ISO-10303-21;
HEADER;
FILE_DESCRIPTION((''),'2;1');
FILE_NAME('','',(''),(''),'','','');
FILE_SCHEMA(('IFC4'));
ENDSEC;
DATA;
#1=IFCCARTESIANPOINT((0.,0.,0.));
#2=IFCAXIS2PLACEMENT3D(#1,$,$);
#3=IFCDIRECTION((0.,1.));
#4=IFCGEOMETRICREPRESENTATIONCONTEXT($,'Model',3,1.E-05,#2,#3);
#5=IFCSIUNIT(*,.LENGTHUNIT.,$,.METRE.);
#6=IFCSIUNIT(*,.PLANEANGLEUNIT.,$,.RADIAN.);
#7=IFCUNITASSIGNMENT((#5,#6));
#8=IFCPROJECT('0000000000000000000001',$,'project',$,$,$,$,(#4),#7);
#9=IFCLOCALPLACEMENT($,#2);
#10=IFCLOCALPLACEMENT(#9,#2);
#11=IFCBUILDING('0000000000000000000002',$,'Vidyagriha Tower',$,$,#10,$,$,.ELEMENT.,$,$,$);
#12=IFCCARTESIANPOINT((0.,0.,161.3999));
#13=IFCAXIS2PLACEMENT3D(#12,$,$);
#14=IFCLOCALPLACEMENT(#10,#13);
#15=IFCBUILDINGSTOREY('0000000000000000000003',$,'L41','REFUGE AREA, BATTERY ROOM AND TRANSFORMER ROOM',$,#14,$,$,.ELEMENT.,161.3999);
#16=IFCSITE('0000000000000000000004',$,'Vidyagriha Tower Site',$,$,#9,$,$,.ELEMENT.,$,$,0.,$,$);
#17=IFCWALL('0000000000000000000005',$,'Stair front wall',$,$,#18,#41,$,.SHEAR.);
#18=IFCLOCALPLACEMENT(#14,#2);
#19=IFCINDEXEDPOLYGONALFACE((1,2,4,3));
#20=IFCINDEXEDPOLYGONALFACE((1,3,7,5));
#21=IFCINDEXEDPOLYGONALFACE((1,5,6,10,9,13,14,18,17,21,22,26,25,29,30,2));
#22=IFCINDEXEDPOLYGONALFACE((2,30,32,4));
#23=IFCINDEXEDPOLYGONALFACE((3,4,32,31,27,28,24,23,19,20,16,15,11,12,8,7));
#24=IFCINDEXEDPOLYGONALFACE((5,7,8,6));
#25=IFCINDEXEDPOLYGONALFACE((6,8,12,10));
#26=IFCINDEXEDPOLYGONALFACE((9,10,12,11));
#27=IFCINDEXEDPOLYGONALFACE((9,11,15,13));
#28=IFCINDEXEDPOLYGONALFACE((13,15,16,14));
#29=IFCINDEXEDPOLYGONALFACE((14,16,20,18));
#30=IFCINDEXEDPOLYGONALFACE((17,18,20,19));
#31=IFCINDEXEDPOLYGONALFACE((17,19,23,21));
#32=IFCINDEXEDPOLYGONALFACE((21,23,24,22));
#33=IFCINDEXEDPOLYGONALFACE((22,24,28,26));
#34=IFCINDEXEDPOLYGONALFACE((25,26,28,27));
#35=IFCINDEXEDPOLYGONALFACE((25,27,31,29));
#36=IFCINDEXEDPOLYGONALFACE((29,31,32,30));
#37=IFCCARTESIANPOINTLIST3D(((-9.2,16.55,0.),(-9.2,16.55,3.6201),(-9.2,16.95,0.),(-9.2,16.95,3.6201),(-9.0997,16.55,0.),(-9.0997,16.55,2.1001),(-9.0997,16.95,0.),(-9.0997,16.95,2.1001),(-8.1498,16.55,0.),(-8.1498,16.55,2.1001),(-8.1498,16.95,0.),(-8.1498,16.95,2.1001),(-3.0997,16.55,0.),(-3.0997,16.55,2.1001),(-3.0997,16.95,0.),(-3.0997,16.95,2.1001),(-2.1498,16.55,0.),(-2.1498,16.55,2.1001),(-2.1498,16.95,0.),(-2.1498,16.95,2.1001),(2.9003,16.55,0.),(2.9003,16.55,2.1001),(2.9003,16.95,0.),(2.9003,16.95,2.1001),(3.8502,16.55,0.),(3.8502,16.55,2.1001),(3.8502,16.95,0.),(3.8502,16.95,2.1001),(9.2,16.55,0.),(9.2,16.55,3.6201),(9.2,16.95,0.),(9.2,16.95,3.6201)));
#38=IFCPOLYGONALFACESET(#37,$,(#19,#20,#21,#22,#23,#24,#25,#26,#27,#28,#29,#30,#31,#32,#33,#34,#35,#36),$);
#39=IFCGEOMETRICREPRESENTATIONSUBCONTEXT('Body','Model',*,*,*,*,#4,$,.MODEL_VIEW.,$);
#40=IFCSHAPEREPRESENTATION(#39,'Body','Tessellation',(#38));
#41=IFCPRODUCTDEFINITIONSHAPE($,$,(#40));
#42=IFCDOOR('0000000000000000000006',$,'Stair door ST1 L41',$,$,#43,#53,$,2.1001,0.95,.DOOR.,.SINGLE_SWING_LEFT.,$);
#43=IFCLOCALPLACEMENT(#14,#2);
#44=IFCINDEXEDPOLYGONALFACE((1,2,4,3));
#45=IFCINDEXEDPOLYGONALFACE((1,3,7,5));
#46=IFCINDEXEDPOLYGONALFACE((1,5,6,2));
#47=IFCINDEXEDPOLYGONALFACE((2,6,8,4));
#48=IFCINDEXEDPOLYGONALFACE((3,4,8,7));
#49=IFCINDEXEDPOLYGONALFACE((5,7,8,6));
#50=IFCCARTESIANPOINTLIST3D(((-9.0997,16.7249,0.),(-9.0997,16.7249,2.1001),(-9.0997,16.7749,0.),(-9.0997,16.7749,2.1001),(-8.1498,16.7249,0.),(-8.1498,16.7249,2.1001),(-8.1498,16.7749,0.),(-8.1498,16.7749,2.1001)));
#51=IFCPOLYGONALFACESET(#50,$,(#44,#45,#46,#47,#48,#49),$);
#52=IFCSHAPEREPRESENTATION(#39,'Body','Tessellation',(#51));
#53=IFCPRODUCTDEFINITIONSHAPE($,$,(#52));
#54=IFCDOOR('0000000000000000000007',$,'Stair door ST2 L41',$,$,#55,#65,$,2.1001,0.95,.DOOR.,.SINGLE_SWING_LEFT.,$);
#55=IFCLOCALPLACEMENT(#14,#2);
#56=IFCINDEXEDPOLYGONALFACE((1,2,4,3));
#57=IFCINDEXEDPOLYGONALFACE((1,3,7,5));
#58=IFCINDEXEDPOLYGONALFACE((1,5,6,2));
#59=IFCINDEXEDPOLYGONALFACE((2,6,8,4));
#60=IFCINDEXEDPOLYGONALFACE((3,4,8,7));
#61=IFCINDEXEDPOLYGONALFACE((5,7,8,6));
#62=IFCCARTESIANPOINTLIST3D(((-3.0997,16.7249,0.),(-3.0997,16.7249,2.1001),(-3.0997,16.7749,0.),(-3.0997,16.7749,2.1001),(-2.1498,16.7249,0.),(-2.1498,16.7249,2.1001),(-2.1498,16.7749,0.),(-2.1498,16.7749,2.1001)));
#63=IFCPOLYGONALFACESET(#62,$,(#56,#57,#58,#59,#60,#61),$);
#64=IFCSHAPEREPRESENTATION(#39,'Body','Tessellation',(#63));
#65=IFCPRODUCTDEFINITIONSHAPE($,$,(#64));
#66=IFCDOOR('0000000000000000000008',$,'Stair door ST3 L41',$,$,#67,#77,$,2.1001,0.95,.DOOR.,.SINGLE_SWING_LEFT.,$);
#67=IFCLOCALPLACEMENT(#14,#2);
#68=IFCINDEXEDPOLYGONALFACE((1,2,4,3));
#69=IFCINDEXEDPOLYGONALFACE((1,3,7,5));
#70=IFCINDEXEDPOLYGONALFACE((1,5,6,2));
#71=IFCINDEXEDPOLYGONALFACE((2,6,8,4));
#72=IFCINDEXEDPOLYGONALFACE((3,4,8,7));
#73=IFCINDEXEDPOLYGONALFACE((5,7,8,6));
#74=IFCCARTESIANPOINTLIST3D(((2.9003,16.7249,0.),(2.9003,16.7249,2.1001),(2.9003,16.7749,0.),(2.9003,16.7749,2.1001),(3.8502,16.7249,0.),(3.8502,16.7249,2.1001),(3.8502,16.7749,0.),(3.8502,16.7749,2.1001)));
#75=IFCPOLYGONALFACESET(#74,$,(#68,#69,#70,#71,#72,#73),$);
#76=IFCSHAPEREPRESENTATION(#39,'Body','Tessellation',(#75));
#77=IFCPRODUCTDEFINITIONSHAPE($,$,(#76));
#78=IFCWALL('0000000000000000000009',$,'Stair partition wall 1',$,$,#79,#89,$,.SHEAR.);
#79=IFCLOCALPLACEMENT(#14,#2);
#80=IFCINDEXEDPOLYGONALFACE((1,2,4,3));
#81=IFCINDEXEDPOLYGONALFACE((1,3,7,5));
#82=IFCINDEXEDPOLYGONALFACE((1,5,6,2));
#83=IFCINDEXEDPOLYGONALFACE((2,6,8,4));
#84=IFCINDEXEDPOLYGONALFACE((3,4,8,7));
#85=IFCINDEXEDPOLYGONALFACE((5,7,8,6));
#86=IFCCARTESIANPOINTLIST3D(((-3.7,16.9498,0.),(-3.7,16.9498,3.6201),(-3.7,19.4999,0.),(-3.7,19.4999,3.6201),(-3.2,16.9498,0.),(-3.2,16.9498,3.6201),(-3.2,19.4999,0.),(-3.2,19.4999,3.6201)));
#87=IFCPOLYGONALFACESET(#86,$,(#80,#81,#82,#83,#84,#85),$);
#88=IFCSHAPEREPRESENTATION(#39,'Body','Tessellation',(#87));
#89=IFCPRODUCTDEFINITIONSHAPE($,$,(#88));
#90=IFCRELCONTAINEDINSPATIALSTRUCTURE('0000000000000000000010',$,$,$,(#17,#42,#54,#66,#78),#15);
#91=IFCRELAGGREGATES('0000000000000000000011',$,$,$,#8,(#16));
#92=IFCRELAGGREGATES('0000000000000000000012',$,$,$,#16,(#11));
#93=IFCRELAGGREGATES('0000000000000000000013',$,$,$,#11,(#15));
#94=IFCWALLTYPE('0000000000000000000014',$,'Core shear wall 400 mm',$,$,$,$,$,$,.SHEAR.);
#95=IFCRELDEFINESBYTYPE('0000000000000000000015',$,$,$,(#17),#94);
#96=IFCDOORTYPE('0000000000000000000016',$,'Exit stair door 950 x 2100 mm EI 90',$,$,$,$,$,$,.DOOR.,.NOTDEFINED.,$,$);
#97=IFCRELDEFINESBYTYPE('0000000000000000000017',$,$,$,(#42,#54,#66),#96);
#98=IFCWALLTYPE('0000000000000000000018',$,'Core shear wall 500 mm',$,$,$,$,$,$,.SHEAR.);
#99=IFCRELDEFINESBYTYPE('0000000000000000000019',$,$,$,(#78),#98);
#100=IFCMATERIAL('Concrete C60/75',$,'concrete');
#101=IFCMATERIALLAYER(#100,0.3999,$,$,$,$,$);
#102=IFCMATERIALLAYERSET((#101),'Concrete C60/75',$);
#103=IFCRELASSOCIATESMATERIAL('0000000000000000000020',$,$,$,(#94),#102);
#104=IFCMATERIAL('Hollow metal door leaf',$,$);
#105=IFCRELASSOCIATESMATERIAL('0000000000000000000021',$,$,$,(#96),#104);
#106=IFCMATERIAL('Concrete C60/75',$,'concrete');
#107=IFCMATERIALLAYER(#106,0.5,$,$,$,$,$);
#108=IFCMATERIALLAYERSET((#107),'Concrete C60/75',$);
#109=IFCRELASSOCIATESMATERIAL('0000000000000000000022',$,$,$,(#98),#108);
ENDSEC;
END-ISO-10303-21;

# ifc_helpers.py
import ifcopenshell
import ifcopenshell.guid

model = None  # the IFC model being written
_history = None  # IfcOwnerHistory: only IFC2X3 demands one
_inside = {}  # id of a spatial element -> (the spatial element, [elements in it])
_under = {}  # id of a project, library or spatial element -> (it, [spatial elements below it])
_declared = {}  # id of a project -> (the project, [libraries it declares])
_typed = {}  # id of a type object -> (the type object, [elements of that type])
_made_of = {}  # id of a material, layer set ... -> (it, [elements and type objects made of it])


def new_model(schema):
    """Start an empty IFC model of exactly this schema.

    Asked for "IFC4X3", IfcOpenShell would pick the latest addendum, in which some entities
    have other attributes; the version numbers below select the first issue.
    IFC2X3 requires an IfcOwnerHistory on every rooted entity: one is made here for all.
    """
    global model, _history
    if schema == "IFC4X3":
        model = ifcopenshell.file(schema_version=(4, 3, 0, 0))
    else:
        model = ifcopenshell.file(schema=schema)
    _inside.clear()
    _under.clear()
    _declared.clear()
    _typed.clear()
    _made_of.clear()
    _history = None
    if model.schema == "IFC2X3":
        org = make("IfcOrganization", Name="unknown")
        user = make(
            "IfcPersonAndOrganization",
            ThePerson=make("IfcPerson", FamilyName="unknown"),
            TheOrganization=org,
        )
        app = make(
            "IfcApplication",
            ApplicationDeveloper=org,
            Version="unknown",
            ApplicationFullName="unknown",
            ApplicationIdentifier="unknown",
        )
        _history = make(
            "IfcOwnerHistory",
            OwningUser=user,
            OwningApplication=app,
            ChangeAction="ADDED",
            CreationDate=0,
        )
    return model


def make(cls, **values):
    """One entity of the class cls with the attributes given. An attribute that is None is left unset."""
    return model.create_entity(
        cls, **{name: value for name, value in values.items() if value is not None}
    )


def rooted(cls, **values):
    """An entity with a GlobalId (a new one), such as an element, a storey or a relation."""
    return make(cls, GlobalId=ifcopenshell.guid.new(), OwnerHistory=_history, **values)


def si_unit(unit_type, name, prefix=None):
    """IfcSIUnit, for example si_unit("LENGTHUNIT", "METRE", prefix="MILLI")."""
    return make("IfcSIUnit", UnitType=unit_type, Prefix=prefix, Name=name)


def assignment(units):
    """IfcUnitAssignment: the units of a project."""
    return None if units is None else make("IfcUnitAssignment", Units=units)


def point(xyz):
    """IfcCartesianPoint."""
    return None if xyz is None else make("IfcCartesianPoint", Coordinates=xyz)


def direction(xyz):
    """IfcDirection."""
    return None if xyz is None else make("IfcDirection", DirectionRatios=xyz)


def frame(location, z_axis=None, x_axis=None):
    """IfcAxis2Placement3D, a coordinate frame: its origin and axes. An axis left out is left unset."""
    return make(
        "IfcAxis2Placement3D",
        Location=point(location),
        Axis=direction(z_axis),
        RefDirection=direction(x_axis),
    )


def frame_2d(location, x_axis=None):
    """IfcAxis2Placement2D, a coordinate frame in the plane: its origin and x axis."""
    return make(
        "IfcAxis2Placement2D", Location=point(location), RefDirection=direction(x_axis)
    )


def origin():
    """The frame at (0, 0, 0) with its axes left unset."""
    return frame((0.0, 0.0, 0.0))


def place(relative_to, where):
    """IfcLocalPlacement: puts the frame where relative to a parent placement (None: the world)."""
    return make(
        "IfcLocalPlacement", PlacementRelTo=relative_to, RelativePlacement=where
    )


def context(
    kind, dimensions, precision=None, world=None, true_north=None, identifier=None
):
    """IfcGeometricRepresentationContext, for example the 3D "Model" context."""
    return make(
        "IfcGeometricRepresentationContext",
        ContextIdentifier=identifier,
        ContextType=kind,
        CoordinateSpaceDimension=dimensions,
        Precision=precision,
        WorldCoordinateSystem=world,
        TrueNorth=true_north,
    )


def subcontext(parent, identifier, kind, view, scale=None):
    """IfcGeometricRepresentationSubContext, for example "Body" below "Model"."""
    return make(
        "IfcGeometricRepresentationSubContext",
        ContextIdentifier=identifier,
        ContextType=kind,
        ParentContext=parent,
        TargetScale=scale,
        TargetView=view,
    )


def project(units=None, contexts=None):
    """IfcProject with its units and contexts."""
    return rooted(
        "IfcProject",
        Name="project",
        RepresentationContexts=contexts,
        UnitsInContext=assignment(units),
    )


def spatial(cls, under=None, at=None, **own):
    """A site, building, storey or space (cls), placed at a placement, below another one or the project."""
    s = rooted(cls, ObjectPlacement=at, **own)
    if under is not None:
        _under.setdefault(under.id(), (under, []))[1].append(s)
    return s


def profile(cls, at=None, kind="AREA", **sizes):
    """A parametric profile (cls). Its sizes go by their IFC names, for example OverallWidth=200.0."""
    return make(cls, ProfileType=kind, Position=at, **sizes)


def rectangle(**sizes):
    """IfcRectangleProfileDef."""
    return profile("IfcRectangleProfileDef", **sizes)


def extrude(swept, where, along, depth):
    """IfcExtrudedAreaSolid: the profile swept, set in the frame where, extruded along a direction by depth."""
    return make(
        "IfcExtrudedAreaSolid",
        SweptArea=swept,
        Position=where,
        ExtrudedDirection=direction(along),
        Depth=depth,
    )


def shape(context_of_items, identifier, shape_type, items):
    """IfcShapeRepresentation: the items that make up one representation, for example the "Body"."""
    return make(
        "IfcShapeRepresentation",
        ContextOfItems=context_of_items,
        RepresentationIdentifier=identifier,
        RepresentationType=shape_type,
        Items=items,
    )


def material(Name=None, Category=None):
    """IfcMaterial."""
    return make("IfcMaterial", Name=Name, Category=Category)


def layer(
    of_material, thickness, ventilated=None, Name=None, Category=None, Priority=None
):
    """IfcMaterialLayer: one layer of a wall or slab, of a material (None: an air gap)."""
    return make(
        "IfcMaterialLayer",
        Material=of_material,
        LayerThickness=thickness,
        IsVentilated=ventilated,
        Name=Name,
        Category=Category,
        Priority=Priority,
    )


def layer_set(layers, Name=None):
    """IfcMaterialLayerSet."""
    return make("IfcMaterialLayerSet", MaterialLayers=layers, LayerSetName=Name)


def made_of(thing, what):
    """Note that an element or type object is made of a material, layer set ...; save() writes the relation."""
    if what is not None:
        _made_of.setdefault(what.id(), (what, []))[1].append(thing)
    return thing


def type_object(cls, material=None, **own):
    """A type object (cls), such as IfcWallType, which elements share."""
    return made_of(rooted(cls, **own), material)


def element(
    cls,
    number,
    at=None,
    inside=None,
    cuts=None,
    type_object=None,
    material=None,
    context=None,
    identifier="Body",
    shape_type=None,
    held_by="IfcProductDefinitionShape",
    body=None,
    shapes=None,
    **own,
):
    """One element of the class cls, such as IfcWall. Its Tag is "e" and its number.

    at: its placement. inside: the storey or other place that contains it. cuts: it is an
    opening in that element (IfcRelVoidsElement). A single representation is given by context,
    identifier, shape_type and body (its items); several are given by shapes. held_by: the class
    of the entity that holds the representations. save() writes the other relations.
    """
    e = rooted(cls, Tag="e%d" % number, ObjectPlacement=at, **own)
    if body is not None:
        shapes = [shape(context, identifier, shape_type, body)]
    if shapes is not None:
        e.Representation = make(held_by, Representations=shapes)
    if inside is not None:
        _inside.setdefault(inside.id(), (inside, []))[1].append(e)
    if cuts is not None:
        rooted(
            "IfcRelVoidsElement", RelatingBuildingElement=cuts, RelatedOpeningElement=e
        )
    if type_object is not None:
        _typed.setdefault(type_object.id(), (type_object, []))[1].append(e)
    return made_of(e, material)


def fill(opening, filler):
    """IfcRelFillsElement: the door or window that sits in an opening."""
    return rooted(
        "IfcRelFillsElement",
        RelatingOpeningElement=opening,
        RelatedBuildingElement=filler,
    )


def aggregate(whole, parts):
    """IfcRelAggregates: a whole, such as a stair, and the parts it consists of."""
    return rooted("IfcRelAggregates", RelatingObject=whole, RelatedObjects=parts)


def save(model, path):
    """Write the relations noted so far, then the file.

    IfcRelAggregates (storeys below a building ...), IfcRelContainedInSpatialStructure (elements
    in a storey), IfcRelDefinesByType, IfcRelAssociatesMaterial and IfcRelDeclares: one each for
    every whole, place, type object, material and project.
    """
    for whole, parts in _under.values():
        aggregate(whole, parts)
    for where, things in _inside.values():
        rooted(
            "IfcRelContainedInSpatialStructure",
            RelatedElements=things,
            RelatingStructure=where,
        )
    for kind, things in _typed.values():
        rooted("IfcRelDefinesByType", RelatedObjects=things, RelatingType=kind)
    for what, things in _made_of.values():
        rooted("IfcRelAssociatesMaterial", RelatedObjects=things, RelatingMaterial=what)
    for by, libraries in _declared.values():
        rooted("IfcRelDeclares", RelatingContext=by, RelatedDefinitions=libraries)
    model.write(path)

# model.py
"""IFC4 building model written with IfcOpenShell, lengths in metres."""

from ifc_helpers import new_model, si_unit, direction, frame, frame_2d, origin, place, context, subcontext, project, spatial, rectangle, extrude, material, layer, layer_set, type_object, element, fill, save


model = new_model("IFC4")

# Units and contexts
model_context = context("Model", 3, precision=1e-05, world=origin(), true_north=direction((0.0, 1.0)))
body_context = subcontext(model_context, "Body", "Model", "MODEL_VIEW")
ifc_project = project(units=[si_unit("LENGTHUNIT", "METRE"), si_unit("PLANEANGLEUNIT", "RADIAN")], contexts=[model_context])

# Site, building, storey
site_placement = place(None, origin())
site = spatial("IfcSite", under=ifc_project, at=site_placement, Name="Vidyagriha Tower Site", CompositionType="ELEMENT", RefElevation=0.0)
building_placement = place(site_placement, origin())
building = spatial("IfcBuilding", under=site, at=building_placement, Name="Vidyagriha Tower", CompositionType="ELEMENT")
storey_placement = place(building_placement, frame((0.0, 0.0, 161.3999)))
storey = spatial("IfcBuildingStorey", under=building, at=storey_placement, Name="L41", Description="REFUGE AREA, BATTERY ROOM AND TRANSFORMER ROOM", CompositionType="ELEMENT", Elevation=161.3999)

# Shared definitions
ifc_material_1 = material(Name="Concrete C60/75", Category="concrete")
ifc_layer_1 = layer(ifc_material_1, 0.3999)
ifc_layer_set_1 = layer_set([ifc_layer_1], Name="Concrete C60/75")
wall_type_1 = type_object("IfcWallType", Name="Core shear wall 400 mm", PredefinedType="SHEAR", material=ifc_layer_set_1)

# Wall, openings, doors
wall_1_placement = place(storey_placement, frame((-9.2, 16.75, 0.0)))
wall_1 = element("IfcWall", 1, at=wall_1_placement, inside=storey, type_object=wall_type_1, Name="Stair front wall", PredefinedType="SHEAR", context=body_context, shape_type="SweptSolid", body=[
    extrude(rectangle(XDim=18.3999, YDim=0.3999, at=frame_2d((9.2, 0.0))), origin(), (0.0, 0.0, 1.0), 3.6201),
])
opening_1_placement = place(wall_1_placement, frame((0.1001, 0.0, 0.0)))
opening_1 = element("IfcOpeningElement", 2, at=opening_1_placement, cuts=wall_1, PredefinedType="OPENING", context=body_context, shape_type="SweptSolid", body=[
    extrude(rectangle(XDim=0.95, YDim=2.1001, at=frame_2d((0.4751, 1.05))), frame((0.0, 0.21, 0.0), z_axis=(0.0, -1.0, 0.0), x_axis=(1.0, 0.0, 0.0)), (0.0, 0.0, 1.0), 0.4199),
])
opening_2_placement = place(wall_1_placement, frame((6.1001, 0.0, 0.0)))
opening_2 = element("IfcOpeningElement", 3, at=opening_2_placement, cuts=wall_1, PredefinedType="OPENING", context=body_context, shape_type="SweptSolid", body=[
    extrude(rectangle(XDim=0.95, YDim=2.1001, at=frame_2d((0.4751, 1.05))), frame((0.0, 0.21, 0.0), z_axis=(0.0, -1.0, 0.0), x_axis=(1.0, 0.0, 0.0)), (0.0, 0.0, 1.0), 0.4199),
])
opening_3_placement = place(wall_1_placement, frame((12.1001, 0.0, 0.0)))
opening_3 = element("IfcOpeningElement", 4, at=opening_3_placement, cuts=wall_1, PredefinedType="OPENING", context=body_context, shape_type="SweptSolid", body=[
    extrude(rectangle(XDim=0.95, YDim=2.1001, at=frame_2d((0.4751, 1.05))), frame((0.0, 0.21, 0.0), z_axis=(0.0, -1.0, 0.0), x_axis=(1.0, 0.0, 0.0)), (0.0, 0.0, 1.0), 0.4199),
])
ifc_material_2 = material(Name="Hollow metal door leaf")
door_type_1 = type_object("IfcDoorType", Name="Exit stair door 950 x 2100 mm EI 90", OperationType="NOTDEFINED", PredefinedType="DOOR", material=ifc_material_2)
door_1_placement = place(opening_1_placement, origin())
door_1 = element("IfcDoor", 5, at=door_1_placement, inside=storey, type_object=door_type_1, Name="Stair door ST1 L41", OperationType="SINGLE_SWING_LEFT", OverallHeight=2.1001, OverallWidth=0.95, PredefinedType="DOOR", context=body_context, shape_type="SweptSolid", body=[
    extrude(rectangle(XDim=0.95, YDim=2.1001, at=frame_2d((0.4751, 1.05))), frame((0.0, 0.0249, 0.0), z_axis=(0.0, -1.0, 0.0), x_axis=(1.0, 0.0, 0.0)), (0.0, 0.0, 1.0), 0.05),
])
fill(opening_1, door_1)
door_2_placement = place(opening_2_placement, origin())
door_2 = element("IfcDoor", 6, at=door_2_placement, inside=storey, type_object=door_type_1, Name="Stair door ST2 L41", OperationType="SINGLE_SWING_LEFT", OverallHeight=2.1001, OverallWidth=0.95, PredefinedType="DOOR", context=body_context, shape_type="SweptSolid", body=[
    extrude(rectangle(XDim=0.95, YDim=2.1001, at=frame_2d((0.4751, 1.05))), frame((0.0, 0.0249, 0.0), z_axis=(0.0, -1.0, 0.0), x_axis=(1.0, 0.0, 0.0)), (0.0, 0.0, 1.0), 0.05),
])
fill(opening_2, door_2)
door_3_placement = place(opening_3_placement, origin())
door_3 = element("IfcDoor", 7, at=door_3_placement, inside=storey, type_object=door_type_1, Name="Stair door ST3 L41", OperationType="SINGLE_SWING_LEFT", OverallHeight=2.1001, OverallWidth=0.95, PredefinedType="DOOR", context=body_context, shape_type="SweptSolid", body=[
    extrude(rectangle(XDim=0.95, YDim=2.1001, at=frame_2d((0.4751, 1.05))), frame((0.0, 0.0249, 0.0), z_axis=(0.0, -1.0, 0.0), x_axis=(1.0, 0.0, 0.0)), (0.0, 0.0, 1.0), 0.05),
])
fill(opening_3, door_3)

# Wall
ifc_material_3 = material(Name="Concrete C60/75", Category="concrete")
ifc_layer_2 = layer(ifc_material_3, 0.5)
ifc_layer_set_2 = layer_set([ifc_layer_2], Name="Concrete C60/75")
wall_type_2 = type_object("IfcWallType", Name="Core shear wall 500 mm", PredefinedType="SHEAR", material=ifc_layer_set_2)
wall_2_placement = place(storey_placement, frame((-3.45, 16.95, 0.0), z_axis=(0.0, 0.0, 1.0), x_axis=(0.0, 1.0, 0.0)))
element("IfcWall", 8, at=wall_2_placement, inside=storey, type_object=wall_type_2, Name="Stair partition wall 1", PredefinedType="SHEAR", context=body_context, shape_type="SweptSolid", body=[
    extrude(rectangle(XDim=2.55, YDim=0.5, at=frame_2d((1.2749, 0.0))), origin(), (0.0, 0.0, 1.0), 3.6201),
])

save(model, "model.ifc")
